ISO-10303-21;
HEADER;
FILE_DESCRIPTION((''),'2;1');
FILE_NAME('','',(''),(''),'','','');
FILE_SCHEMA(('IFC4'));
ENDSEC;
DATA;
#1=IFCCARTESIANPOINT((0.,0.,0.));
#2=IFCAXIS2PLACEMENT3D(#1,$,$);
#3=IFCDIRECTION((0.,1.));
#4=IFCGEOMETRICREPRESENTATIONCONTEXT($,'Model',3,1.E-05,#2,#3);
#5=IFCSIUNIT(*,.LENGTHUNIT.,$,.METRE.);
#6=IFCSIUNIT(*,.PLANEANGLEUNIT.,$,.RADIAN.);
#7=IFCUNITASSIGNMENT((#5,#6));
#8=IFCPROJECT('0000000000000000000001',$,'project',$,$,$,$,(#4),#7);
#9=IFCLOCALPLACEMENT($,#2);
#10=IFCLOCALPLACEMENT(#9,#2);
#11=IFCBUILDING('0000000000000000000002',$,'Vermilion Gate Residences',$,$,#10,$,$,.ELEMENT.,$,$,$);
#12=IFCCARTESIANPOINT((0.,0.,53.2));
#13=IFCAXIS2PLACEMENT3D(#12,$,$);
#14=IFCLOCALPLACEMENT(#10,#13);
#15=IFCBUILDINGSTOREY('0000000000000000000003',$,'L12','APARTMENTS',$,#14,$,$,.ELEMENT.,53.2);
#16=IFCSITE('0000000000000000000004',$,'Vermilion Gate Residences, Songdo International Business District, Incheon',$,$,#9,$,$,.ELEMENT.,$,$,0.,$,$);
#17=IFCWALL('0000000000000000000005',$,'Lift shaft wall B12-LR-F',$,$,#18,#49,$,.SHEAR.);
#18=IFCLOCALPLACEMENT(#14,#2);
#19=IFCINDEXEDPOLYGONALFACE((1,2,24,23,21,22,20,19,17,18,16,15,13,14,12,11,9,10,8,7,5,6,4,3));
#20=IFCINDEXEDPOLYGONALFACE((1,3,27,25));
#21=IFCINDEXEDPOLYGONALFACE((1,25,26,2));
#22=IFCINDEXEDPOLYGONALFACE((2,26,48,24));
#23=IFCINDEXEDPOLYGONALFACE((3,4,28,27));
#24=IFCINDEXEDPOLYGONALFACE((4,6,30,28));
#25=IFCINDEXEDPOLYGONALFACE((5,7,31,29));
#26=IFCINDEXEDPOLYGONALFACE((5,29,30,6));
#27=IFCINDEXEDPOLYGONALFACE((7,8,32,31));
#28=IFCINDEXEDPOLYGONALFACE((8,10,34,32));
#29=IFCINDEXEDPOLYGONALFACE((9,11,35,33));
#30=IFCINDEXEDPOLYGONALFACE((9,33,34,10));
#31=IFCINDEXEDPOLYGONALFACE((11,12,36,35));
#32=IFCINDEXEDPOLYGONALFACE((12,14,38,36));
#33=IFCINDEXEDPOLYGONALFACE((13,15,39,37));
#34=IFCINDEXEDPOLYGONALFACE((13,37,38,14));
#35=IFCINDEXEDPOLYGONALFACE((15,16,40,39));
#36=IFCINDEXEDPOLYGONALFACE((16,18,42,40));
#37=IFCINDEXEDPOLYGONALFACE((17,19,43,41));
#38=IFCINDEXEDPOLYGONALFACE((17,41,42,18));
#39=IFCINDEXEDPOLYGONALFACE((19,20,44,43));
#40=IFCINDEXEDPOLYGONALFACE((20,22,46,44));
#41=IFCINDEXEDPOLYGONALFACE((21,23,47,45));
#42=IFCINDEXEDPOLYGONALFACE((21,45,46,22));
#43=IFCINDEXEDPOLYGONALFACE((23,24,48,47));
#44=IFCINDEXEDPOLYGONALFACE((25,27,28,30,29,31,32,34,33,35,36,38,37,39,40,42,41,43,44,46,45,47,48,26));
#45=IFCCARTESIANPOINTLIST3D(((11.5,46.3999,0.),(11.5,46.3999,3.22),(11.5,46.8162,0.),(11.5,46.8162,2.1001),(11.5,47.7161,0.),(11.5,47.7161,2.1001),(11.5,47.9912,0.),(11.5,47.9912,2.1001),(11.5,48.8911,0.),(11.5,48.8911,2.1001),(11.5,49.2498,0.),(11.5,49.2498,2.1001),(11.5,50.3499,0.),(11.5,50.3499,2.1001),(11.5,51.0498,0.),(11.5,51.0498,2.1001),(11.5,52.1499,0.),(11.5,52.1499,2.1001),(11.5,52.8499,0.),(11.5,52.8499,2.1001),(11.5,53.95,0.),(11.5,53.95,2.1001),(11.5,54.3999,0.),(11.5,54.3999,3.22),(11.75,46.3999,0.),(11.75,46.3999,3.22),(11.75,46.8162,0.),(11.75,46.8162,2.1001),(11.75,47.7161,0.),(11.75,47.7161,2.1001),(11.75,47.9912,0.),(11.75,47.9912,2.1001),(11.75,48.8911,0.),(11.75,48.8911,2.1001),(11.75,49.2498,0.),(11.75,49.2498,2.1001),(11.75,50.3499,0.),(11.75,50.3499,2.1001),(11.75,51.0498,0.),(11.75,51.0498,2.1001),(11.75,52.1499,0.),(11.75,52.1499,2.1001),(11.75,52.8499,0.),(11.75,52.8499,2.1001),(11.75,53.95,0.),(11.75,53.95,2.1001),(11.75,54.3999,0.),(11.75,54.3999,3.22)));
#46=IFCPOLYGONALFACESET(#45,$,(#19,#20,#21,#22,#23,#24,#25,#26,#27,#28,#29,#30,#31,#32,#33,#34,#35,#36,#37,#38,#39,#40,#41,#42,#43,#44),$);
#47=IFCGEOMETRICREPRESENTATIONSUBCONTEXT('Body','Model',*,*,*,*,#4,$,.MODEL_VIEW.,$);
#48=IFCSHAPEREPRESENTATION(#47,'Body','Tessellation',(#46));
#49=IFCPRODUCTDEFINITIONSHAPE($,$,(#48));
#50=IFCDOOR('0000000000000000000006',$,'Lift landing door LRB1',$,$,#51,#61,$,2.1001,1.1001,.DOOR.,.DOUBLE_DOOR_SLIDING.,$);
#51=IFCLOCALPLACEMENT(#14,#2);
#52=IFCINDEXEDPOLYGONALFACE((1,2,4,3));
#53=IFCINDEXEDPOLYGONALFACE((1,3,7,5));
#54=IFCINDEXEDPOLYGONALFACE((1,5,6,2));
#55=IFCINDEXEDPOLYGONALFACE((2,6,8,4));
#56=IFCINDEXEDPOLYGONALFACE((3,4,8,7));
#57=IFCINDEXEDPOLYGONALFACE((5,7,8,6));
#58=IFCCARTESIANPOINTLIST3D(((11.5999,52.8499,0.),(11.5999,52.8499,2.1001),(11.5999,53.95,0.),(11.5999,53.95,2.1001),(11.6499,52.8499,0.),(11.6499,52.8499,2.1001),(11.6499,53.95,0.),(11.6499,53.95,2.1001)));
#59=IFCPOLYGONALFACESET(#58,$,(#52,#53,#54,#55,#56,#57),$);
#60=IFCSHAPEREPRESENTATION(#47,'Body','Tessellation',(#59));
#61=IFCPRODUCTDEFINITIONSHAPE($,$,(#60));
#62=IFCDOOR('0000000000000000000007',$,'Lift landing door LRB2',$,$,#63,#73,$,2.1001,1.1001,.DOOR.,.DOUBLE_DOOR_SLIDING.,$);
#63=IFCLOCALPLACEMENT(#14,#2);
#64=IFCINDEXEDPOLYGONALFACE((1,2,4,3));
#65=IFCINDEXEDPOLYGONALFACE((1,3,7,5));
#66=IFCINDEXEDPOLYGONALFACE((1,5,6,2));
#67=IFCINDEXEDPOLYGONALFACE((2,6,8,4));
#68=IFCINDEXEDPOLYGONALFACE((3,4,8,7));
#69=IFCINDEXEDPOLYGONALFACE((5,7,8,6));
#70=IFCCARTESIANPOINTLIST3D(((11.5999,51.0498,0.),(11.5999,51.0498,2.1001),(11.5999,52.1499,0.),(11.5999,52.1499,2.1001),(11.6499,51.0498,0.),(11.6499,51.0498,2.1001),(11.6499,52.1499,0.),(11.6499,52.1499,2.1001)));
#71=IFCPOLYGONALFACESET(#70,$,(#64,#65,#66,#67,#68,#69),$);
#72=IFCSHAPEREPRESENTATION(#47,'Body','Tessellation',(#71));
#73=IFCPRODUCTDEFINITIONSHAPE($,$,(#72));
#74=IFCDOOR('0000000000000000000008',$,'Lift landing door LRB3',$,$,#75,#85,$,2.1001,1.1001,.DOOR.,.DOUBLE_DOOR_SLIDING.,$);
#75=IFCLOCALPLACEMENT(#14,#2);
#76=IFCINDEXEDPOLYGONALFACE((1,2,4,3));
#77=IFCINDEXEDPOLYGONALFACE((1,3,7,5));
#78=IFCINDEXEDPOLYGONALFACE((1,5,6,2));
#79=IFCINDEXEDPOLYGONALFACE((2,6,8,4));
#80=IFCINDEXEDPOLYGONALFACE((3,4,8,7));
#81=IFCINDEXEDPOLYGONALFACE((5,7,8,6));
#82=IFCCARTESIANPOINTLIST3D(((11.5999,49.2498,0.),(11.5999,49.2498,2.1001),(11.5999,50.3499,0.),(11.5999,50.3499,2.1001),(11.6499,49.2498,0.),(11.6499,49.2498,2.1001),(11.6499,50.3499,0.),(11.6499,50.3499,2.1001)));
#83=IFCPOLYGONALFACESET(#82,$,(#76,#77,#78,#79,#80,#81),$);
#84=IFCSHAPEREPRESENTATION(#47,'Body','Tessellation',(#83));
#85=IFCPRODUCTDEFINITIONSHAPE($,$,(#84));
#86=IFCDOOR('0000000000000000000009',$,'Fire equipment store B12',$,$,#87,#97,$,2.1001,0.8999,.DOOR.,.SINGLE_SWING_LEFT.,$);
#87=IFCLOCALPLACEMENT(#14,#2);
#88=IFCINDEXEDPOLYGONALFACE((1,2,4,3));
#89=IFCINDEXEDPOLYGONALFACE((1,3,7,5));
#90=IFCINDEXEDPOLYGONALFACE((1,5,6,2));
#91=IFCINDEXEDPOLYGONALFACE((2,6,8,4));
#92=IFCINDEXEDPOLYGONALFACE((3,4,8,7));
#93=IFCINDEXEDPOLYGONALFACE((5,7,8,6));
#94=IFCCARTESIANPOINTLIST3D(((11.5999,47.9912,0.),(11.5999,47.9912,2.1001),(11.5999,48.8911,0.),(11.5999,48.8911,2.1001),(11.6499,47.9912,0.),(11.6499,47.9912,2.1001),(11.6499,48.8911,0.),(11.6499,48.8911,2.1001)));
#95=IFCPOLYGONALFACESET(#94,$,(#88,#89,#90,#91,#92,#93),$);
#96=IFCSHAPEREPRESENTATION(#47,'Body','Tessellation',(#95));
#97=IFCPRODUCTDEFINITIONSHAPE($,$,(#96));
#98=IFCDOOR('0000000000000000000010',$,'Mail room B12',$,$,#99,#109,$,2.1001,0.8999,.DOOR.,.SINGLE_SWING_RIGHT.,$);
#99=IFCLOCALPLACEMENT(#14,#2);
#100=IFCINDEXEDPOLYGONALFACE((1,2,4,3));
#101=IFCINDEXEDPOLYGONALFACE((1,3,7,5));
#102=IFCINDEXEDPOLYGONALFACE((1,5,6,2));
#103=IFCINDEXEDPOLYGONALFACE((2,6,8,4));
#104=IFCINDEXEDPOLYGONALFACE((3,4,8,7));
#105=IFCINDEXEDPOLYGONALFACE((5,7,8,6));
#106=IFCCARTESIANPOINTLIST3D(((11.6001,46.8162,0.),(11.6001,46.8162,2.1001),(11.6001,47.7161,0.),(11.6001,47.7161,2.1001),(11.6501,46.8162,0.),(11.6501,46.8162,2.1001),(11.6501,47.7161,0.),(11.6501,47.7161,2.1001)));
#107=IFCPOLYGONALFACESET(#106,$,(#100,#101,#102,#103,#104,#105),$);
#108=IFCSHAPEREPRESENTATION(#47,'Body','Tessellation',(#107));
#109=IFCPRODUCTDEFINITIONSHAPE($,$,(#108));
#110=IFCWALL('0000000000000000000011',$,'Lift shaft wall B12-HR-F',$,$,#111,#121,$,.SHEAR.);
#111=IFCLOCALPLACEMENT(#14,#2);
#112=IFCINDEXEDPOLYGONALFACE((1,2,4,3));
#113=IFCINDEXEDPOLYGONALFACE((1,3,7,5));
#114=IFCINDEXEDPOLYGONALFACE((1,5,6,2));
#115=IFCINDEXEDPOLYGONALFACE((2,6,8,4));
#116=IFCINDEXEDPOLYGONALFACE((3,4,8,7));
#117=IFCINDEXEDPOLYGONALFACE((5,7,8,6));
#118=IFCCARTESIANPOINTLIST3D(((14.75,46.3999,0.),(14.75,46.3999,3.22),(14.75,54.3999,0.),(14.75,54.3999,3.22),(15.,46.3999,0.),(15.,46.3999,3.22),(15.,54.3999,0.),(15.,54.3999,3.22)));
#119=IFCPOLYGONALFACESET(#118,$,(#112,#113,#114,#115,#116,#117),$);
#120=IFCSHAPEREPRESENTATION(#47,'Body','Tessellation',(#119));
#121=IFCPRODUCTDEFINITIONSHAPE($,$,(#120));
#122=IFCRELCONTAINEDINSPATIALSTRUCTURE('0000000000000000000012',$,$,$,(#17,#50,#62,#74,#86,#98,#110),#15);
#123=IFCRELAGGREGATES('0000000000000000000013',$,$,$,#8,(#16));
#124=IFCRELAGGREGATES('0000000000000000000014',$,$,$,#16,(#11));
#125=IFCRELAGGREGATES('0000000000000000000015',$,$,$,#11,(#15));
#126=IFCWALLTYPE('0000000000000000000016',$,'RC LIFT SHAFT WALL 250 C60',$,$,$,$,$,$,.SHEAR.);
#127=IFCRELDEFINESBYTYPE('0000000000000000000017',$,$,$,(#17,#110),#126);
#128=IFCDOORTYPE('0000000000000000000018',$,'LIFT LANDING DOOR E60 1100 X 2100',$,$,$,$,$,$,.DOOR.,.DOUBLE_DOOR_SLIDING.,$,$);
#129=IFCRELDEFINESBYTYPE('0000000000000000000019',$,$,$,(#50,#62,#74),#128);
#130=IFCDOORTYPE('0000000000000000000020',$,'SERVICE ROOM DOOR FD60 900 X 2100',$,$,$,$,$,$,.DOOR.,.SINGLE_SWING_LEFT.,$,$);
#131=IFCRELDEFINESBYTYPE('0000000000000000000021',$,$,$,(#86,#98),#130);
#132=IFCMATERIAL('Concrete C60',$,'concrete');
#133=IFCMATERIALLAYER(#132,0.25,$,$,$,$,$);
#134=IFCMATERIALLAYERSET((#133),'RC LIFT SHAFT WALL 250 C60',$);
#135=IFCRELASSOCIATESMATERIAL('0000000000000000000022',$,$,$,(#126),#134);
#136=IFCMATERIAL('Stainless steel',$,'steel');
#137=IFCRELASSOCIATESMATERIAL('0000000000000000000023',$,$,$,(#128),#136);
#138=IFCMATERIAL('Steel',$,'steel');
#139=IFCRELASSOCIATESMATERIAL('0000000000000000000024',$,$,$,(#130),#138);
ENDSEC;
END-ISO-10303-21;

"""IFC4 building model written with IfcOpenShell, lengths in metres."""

from ifc_helpers import new_model, si_unit, direction, frame, frame_2d, origin, place, context, subcontext, project, spatial, rectangle, extrude, material, layer, layer_set, type_object, element, fill, save


model = new_model("IFC4")

# Units and contexts
model_context = context("Model", 3, precision=1e-05, world=origin(), true_north=direction((0.0, 1.0)))
body_context = subcontext(model_context, "Body", "Model", "MODEL_VIEW")
ifc_project = project(units=[si_unit("LENGTHUNIT", "METRE"), si_unit("PLANEANGLEUNIT", "RADIAN")], contexts=[model_context])

# Site, building, storey
site_placement = place(None, origin())
site = spatial("IfcSite", under=ifc_project, at=site_placement, Name="Vermilion Gate Residences, Songdo International Business District, Incheon", CompositionType="ELEMENT", RefElevation=0.0)
building_placement = place(site_placement, origin())
building = spatial("IfcBuilding", under=site, at=building_placement, Name="Vermilion Gate Residences", CompositionType="ELEMENT")
storey_placement = place(building_placement, frame((0.0, 0.0, 53.2)))
storey = spatial("IfcBuildingStorey", under=building, at=storey_placement, Name="L12", Description="APARTMENTS", CompositionType="ELEMENT", Elevation=53.2)

# Wall, openings, doors
ifc_material_1 = material(Name="Concrete C60", Category="concrete")
ifc_layer_1 = layer(ifc_material_1, 0.25)
ifc_layer_set_1 = layer_set([ifc_layer_1], Name="RC LIFT SHAFT WALL 250 C60")
wall_type_1 = type_object("IfcWallType", Name="RC LIFT SHAFT WALL 250 C60", PredefinedType="SHEAR", material=ifc_layer_set_1)
wall_1_placement = place(storey_placement, frame((11.625, 54.3999, 0.0), z_axis=(0.0, 0.0, 1.0), x_axis=(0.0, -1.0, 0.0)))
wall_1 = element("IfcWall", 1, at=wall_1_placement, inside=storey, type_object=wall_type_1, Name="Lift shaft wall B12-LR-F", PredefinedType="SHEAR", context=body_context, shape_type="SweptSolid", body=[
    extrude(rectangle(XDim=8.0, YDim=0.25, at=frame_2d((4.0, 0.0))), origin(), (0.0, 0.0, 1.0), 3.22),
])
opening_1_placement = place(wall_1_placement, frame((0.45, 0.0, 0.0)))
opening_1 = element("IfcOpeningElement", 2, at=opening_1_placement, cuts=wall_1, PredefinedType="OPENING", context=body_context, shape_type="SweptSolid", body=[
    extrude(rectangle(XDim=1.1001, YDim=2.1001, at=frame_2d((0.55, 1.05))), frame((0.0, 0.135, 0.0), z_axis=(0.0, -1.0, 0.0), x_axis=(1.0, 0.0, 0.0)), (0.0, 0.0, 1.0), 0.27),
])
opening_2_placement = place(wall_1_placement, frame((2.25, 0.0, 0.0)))
opening_2 = element("IfcOpeningElement", 3, at=opening_2_placement, cuts=wall_1, PredefinedType="OPENING", context=body_context, shape_type="SweptSolid", body=[
    extrude(rectangle(XDim=1.1001, YDim=2.1001, at=frame_2d((0.55, 1.05))), frame((0.0, 0.135, 0.0), z_axis=(0.0, -1.0, 0.0), x_axis=(1.0, 0.0, 0.0)), (0.0, 0.0, 1.0), 0.27),
])
opening_3_placement = place(wall_1_placement, frame((4.05, 0.0, 0.0)))
opening_3 = element("IfcOpeningElement", 4, at=opening_3_placement, cuts=wall_1, PredefinedType="OPENING", context=body_context, shape_type="SweptSolid", body=[
    extrude(rectangle(XDim=1.1001, YDim=2.1001, at=frame_2d((0.55, 1.05))), frame((0.0, 0.135, 0.0), z_axis=(0.0, -1.0, 0.0), x_axis=(1.0, 0.0, 0.0)), (0.0, 0.0, 1.0), 0.27),
])
opening_4_placement = place(wall_1_placement, frame((5.5088, 0.0, 0.0)))
opening_4 = element("IfcOpeningElement", 5, at=opening_4_placement, cuts=wall_1, PredefinedType="OPENING", context=body_context, shape_type="SweptSolid", body=[
    extrude(rectangle(XDim=0.8999, YDim=2.1001, at=frame_2d((0.45, 1.05))), frame((0.0, 0.135, 0.0), z_axis=(0.0, -1.0, 0.0), x_axis=(1.0, 0.0, 0.0)), (0.0, 0.0, 1.0), 0.27),
])
opening_5_placement = place(wall_1_placement, frame((6.6838, 0.0, 0.0)))
opening_5 = element("IfcOpeningElement", 6, at=opening_5_placement, cuts=wall_1, PredefinedType="OPENING", context=body_context, shape_type="SweptSolid", body=[
    extrude(rectangle(XDim=0.8999, YDim=2.1001, at=frame_2d((0.45, 1.05))), frame((0.0, 0.135, 0.0), z_axis=(0.0, -1.0, 0.0), x_axis=(1.0, 0.0, 0.0)), (0.0, 0.0, 1.0), 0.27),
])
ifc_material_2 = material(Name="Stainless steel", Category="steel")
door_type_1 = type_object("IfcDoorType", Name="LIFT LANDING DOOR E60 1100 X 2100", OperationType="DOUBLE_DOOR_SLIDING", PredefinedType="DOOR", material=ifc_material_2)
door_1_placement = place(opening_1_placement, origin())
door_1 = element("IfcDoor", 7, at=door_1_placement, inside=storey, type_object=door_type_1, Name="Lift landing door LRB1", OperationType="DOUBLE_DOOR_SLIDING", OverallHeight=2.1001, OverallWidth=1.1001, PredefinedType="DOOR", context=body_context, shape_type="SweptSolid", body=[
    extrude(rectangle(XDim=1.1001, YDim=2.1001, at=frame_2d((0.55, 1.05))), frame((0.0, 0.0249, 0.0), z_axis=(0.0, -1.0, 0.0), x_axis=(1.0, 0.0, 0.0)), (0.0, 0.0, 1.0), 0.05),
])
fill(opening_1, door_1)
door_2_placement = place(opening_2_placement, origin())
door_2 = element("IfcDoor", 8, at=door_2_placement, inside=storey, type_object=door_type_1, Name="Lift landing door LRB2", OperationType="DOUBLE_DOOR_SLIDING", OverallHeight=2.1001, OverallWidth=1.1001, PredefinedType="DOOR", context=body_context, shape_type="SweptSolid", body=[
    extrude(rectangle(XDim=1.1001, YDim=2.1001, at=frame_2d((0.55, 1.05))), frame((0.0, 0.0249, 0.0), z_axis=(0.0, -1.0, 0.0), x_axis=(1.0, 0.0, 0.0)), (0.0, 0.0, 1.0), 0.05),
])
fill(opening_2, door_2)
door_3_placement = place(opening_3_placement, origin())
door_3 = element("IfcDoor", 9, at=door_3_placement, inside=storey, type_object=door_type_1, Name="Lift landing door LRB3", OperationType="DOUBLE_DOOR_SLIDING", OverallHeight=2.1001, OverallWidth=1.1001, PredefinedType="DOOR", context=body_context, shape_type="SweptSolid", body=[
    extrude(rectangle(XDim=1.1001, YDim=2.1001, at=frame_2d((0.55, 1.05))), frame((0.0, 0.0249, 0.0), z_axis=(0.0, -1.0, 0.0), x_axis=(1.0, 0.0, 0.0)), (0.0, 0.0, 1.0), 0.05),
])
fill(opening_3, door_3)
ifc_material_3 = material(Name="Steel", Category="steel")
door_type_2 = type_object("IfcDoorType", Name="SERVICE ROOM DOOR FD60 900 X 2100", OperationType="SINGLE_SWING_LEFT", PredefinedType="DOOR", material=ifc_material_3)
door_4_placement = place(opening_4_placement, origin())
door_4 = element("IfcDoor", 10, at=door_4_placement, inside=storey, type_object=door_type_2, Name="Fire equipment store B12", OperationType="SINGLE_SWING_LEFT", OverallHeight=2.1001, OverallWidth=0.8999, PredefinedType="DOOR", context=body_context, shape_type="SweptSolid", body=[
    extrude(rectangle(XDim=0.8999, YDim=2.1001, at=frame_2d((0.45, 1.05))), frame((0.0, 0.0249, 0.0), z_axis=(0.0, -1.0, 0.0), x_axis=(1.0, 0.0, 0.0)), (0.0, 0.0, 1.0), 0.05),
])
fill(opening_4, door_4)
door_5_placement = place(opening_5_placement, frame((0.8999, 0.0, 0.0), z_axis=(0.0, 0.0, 1.0), x_axis=(-1.0, 0.0, 0.0)))
door_5 = element("IfcDoor", 11, at=door_5_placement, inside=storey, type_object=door_type_2, Name="Mail room B12", OperationType="SINGLE_SWING_RIGHT", OverallHeight=2.1001, OverallWidth=0.8999, PredefinedType="DOOR", context=body_context, shape_type="SweptSolid", body=[
    extrude(rectangle(XDim=0.8999, YDim=2.1001, at=frame_2d((0.45, 1.05))), frame((0.0, 0.0249, 0.0), z_axis=(0.0, -1.0, 0.0), x_axis=(1.0, 0.0, 0.0)), (0.0, 0.0, 1.0), 0.05),
])
fill(opening_5, door_5)

# Wall
wall_2_placement = place(storey_placement, frame((14.875, 54.3999, 0.0), z_axis=(0.0, 0.0, 1.0), x_axis=(0.0, -1.0, 0.0)))
element("IfcWall", 12, at=wall_2_placement, inside=storey, type_object=wall_type_1, Name="Lift shaft wall B12-HR-F", PredefinedType="SHEAR", context=body_context, shape_type="SweptSolid", body=[
    extrude(rectangle(XDim=8.0, YDim=0.25, at=frame_2d((4.0, 0.0))), origin(), (0.0, 0.0, 1.0), 3.22),
])

save(model, "model.ifc")
